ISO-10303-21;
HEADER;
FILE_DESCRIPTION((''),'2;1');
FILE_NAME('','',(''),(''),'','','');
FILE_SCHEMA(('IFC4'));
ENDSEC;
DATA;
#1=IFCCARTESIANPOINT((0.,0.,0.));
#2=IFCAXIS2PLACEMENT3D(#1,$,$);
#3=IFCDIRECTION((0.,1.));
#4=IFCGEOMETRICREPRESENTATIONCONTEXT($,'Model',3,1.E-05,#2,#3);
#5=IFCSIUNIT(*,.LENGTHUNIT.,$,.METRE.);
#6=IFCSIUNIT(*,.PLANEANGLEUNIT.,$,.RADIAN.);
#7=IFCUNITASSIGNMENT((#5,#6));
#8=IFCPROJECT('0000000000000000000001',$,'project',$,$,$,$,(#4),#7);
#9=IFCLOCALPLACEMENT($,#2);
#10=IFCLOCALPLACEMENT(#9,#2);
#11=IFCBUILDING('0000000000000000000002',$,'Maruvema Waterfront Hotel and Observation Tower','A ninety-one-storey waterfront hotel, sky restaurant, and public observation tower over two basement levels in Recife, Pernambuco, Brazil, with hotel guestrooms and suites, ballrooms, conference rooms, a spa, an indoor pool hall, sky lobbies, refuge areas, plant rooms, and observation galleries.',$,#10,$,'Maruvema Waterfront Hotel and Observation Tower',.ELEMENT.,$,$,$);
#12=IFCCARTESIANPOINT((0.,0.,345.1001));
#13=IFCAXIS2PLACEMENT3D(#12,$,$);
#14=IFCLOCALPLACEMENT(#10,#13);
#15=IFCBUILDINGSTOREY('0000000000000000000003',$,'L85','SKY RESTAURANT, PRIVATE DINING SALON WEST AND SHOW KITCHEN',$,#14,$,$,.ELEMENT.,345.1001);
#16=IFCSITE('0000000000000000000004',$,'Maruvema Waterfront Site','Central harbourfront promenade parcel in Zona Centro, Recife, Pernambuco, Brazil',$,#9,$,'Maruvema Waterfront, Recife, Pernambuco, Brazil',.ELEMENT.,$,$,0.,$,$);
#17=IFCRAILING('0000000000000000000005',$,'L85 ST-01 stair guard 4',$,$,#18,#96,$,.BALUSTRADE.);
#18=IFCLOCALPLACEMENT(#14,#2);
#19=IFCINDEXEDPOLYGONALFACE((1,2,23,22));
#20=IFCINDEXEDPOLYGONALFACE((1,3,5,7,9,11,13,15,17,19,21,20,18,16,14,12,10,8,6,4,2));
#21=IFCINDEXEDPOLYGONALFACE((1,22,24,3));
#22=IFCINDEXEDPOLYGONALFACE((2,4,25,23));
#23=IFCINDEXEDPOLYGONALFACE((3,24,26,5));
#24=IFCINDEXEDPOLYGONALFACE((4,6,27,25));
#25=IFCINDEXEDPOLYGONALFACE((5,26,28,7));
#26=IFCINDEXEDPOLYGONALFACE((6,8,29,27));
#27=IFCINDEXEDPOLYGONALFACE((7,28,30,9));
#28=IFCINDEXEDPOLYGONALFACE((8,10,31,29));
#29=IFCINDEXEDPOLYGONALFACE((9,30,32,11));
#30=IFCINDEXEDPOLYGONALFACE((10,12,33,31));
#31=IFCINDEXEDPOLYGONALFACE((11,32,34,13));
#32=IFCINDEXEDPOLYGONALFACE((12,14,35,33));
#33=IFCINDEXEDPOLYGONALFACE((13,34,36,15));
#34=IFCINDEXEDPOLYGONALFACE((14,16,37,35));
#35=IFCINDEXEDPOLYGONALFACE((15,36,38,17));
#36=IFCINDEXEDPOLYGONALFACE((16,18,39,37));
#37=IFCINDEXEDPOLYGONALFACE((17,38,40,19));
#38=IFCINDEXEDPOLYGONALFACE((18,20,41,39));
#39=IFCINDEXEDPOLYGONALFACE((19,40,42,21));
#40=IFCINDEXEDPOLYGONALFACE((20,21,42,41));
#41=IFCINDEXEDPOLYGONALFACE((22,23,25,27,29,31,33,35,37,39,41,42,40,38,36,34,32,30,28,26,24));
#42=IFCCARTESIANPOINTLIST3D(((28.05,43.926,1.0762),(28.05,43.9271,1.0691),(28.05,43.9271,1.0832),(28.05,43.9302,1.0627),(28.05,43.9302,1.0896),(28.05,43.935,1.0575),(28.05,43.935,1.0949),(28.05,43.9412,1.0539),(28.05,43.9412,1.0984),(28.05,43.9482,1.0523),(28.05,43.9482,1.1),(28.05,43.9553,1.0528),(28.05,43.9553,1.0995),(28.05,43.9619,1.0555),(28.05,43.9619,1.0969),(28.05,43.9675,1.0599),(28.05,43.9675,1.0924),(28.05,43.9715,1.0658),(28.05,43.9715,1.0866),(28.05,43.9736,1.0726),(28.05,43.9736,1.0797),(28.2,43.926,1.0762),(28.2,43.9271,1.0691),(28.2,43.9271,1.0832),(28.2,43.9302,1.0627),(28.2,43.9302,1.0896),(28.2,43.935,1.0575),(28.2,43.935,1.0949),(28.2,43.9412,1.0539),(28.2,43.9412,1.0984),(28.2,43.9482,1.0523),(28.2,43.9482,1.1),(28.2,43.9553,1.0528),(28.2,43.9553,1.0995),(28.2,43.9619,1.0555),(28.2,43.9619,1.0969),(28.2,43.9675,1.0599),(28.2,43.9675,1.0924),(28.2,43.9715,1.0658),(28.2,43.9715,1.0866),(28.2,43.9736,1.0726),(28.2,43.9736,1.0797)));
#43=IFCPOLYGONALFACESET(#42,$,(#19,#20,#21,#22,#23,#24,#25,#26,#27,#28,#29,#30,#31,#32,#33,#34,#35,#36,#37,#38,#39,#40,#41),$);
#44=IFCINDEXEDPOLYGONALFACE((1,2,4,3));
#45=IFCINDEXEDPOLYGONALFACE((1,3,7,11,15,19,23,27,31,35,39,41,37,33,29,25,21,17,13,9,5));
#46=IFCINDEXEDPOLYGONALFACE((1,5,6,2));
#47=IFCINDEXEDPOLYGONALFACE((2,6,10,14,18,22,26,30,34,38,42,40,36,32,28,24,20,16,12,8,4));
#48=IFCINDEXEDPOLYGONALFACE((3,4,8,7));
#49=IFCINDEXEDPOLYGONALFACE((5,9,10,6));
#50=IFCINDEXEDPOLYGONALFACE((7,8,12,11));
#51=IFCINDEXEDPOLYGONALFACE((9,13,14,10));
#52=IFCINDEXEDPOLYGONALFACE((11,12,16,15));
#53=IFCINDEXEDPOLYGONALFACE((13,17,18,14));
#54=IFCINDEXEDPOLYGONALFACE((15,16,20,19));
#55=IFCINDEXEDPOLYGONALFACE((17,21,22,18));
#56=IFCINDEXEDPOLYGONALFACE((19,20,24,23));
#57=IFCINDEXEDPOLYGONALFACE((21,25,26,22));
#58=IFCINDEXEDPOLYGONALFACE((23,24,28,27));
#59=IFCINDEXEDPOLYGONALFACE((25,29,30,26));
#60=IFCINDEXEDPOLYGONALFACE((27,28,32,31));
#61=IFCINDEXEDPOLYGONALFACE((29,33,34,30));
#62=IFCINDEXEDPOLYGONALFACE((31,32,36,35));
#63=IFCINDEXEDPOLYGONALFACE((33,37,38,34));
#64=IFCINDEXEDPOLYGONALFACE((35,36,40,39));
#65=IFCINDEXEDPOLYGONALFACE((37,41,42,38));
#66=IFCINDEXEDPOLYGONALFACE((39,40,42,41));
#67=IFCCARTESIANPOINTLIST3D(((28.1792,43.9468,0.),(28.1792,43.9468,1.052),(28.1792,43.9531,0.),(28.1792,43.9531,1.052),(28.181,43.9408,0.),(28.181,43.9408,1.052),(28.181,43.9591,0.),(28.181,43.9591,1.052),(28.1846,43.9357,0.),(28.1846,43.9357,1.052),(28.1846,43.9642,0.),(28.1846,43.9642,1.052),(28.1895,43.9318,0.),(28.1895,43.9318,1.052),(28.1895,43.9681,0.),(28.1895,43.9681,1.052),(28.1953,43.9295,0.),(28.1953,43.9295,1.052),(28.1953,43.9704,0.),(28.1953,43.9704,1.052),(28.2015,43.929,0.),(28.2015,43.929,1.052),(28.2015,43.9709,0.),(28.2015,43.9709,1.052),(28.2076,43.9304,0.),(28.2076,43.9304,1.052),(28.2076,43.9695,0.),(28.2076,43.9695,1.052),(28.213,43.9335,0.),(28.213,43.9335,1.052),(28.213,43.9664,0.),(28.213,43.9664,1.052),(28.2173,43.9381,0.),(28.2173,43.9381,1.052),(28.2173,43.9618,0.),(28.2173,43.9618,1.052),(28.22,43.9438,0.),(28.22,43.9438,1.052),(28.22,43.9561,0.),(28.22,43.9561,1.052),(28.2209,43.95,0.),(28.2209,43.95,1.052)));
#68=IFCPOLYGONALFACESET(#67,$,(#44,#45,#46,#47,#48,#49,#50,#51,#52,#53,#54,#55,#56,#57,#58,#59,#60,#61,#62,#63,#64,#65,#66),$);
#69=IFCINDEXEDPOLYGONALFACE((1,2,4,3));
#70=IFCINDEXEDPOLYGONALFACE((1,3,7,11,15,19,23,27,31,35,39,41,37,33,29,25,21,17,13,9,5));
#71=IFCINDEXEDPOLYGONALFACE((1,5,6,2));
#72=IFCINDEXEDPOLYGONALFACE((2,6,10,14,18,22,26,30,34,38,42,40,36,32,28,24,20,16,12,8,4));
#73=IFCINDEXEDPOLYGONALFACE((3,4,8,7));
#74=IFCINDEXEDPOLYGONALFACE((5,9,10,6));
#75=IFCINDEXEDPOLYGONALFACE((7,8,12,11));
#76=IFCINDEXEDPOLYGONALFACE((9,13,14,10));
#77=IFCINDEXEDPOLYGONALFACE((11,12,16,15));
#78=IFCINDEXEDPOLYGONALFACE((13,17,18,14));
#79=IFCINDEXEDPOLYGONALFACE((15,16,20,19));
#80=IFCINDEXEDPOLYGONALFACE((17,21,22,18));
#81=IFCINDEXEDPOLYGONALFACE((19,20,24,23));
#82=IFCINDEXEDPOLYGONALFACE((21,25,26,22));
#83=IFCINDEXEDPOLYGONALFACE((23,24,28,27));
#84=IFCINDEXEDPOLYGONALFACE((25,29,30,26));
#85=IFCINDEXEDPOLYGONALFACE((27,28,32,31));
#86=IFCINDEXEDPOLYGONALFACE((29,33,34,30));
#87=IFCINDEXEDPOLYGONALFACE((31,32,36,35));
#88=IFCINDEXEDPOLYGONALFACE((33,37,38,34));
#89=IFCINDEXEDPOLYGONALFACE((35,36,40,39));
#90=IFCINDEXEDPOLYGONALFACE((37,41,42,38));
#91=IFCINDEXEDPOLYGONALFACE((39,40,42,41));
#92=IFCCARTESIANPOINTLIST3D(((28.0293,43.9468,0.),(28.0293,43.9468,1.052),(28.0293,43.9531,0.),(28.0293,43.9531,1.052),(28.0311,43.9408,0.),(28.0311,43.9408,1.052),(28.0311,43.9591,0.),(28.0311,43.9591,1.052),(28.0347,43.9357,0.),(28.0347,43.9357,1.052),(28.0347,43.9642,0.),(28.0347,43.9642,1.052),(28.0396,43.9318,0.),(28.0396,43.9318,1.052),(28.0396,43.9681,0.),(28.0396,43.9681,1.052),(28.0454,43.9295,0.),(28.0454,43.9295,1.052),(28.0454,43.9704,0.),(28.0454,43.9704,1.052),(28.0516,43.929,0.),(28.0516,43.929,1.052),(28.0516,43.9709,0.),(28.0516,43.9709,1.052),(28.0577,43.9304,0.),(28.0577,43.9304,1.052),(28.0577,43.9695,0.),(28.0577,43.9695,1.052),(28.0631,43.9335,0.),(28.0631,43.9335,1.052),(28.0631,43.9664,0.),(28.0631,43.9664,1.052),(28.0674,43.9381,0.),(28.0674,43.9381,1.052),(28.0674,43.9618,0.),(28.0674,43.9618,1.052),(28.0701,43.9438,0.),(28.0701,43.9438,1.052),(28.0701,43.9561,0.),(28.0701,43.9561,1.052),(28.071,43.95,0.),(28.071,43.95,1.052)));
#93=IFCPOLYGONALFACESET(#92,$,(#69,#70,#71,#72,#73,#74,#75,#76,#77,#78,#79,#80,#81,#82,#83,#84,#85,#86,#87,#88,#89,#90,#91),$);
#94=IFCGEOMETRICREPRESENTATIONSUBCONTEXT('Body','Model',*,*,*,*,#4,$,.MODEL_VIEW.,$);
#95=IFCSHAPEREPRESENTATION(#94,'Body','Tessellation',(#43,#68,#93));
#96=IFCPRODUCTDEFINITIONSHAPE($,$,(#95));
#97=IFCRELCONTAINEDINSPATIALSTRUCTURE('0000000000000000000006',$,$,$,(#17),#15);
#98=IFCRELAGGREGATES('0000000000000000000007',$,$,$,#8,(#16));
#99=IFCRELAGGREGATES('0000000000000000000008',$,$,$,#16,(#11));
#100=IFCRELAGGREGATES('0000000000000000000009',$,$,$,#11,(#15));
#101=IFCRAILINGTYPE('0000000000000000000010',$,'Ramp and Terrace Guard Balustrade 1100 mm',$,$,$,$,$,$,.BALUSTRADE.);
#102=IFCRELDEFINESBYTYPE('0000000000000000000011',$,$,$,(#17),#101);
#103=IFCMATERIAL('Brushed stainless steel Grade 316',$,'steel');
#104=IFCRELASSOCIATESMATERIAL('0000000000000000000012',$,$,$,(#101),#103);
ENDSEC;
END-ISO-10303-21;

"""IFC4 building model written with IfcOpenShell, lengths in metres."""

from ifc_helpers import new_model, si_unit, direction, frame, origin, origin_2d, place, context, subcontext, project, spatial, circle, extrude, material, type_object, element, save


model = new_model("IFC4")

# Units and contexts
model_context = context("Model", 3, precision=1e-05, world=origin(), true_north=direction((0.0, 1.0)))
body_context = subcontext(model_context, "Body", "Model", "MODEL_VIEW")
ifc_project = project(units=[si_unit("LENGTHUNIT", "METRE"), si_unit("PLANEANGLEUNIT", "RADIAN")], contexts=[model_context])

# Site, building, storey
site_placement = place(None, origin())
site = spatial("IfcSite", under=ifc_project, at=site_placement, Name="Maruvema Waterfront Site", Description="Central harbourfront promenade parcel in Zona Centro, Recife, Pernambuco, Brazil", LongName="Maruvema Waterfront, Recife, Pernambuco, Brazil", CompositionType="ELEMENT", RefElevation=0.0)
building_placement = place(site_placement, origin())
building = spatial("IfcBuilding", under=site, at=building_placement, Name="Maruvema Waterfront Hotel and Observation Tower", Description="A ninety-one-storey waterfront hotel, sky restaurant, and public observation tower over two basement levels in Recife, Pernambuco, Brazil, with hotel guestrooms and suites, ballrooms, conference rooms, a spa, an indoor pool hall, sky lobbies, refuge areas, plant rooms, and observation galleries.", LongName="Maruvema Waterfront Hotel and Observation Tower", CompositionType="ELEMENT")
storey_placement = place(building_placement, frame((0.0, 0.0, 345.1001)))
storey = spatial("IfcBuildingStorey", under=building, at=storey_placement, Name="L85", Description="SKY RESTAURANT, PRIVATE DINING SALON WEST AND SHOW KITCHEN", CompositionType="ELEMENT", Elevation=345.1001)

# Railing
ifc_material_1 = material(Name="Brushed stainless steel Grade 316", Category="steel")
railing_type = type_object("IfcRailingType", Name="Ramp and Terrace Guard Balustrade 1100 mm", PredefinedType="BALUSTRADE", material=ifc_material_1)
railing_1_placement = place(storey_placement, frame((28.2, 43.95, 0.0)))
element("IfcRailing", 1, at=railing_1_placement, inside=storey, type_object=railing_type, Name="L85 ST-01 stair guard 4", PredefinedType="BALUSTRADE", context=body_context, shape_type="SweptSolid", body=[
    extrude(circle(Radius=0.0239, at=origin_2d()), frame((0.0, 0.0, 1.0762), z_axis=(-1.0, 0.0, 0.0), x_axis=(0.0, -1.0, 0.0)), (0.0, 0.0, 1.0), 0.1499),
    extrude(circle(Radius=0.021, at=origin_2d()), origin(), (0.0, 0.0, 1.0), 1.052),
    extrude(circle(Radius=0.021, at=origin_2d()), frame((-0.1499, 0.0, 0.0)), (0.0, 0.0, 1.0), 1.052),
])

save(model, "model.ifc")
